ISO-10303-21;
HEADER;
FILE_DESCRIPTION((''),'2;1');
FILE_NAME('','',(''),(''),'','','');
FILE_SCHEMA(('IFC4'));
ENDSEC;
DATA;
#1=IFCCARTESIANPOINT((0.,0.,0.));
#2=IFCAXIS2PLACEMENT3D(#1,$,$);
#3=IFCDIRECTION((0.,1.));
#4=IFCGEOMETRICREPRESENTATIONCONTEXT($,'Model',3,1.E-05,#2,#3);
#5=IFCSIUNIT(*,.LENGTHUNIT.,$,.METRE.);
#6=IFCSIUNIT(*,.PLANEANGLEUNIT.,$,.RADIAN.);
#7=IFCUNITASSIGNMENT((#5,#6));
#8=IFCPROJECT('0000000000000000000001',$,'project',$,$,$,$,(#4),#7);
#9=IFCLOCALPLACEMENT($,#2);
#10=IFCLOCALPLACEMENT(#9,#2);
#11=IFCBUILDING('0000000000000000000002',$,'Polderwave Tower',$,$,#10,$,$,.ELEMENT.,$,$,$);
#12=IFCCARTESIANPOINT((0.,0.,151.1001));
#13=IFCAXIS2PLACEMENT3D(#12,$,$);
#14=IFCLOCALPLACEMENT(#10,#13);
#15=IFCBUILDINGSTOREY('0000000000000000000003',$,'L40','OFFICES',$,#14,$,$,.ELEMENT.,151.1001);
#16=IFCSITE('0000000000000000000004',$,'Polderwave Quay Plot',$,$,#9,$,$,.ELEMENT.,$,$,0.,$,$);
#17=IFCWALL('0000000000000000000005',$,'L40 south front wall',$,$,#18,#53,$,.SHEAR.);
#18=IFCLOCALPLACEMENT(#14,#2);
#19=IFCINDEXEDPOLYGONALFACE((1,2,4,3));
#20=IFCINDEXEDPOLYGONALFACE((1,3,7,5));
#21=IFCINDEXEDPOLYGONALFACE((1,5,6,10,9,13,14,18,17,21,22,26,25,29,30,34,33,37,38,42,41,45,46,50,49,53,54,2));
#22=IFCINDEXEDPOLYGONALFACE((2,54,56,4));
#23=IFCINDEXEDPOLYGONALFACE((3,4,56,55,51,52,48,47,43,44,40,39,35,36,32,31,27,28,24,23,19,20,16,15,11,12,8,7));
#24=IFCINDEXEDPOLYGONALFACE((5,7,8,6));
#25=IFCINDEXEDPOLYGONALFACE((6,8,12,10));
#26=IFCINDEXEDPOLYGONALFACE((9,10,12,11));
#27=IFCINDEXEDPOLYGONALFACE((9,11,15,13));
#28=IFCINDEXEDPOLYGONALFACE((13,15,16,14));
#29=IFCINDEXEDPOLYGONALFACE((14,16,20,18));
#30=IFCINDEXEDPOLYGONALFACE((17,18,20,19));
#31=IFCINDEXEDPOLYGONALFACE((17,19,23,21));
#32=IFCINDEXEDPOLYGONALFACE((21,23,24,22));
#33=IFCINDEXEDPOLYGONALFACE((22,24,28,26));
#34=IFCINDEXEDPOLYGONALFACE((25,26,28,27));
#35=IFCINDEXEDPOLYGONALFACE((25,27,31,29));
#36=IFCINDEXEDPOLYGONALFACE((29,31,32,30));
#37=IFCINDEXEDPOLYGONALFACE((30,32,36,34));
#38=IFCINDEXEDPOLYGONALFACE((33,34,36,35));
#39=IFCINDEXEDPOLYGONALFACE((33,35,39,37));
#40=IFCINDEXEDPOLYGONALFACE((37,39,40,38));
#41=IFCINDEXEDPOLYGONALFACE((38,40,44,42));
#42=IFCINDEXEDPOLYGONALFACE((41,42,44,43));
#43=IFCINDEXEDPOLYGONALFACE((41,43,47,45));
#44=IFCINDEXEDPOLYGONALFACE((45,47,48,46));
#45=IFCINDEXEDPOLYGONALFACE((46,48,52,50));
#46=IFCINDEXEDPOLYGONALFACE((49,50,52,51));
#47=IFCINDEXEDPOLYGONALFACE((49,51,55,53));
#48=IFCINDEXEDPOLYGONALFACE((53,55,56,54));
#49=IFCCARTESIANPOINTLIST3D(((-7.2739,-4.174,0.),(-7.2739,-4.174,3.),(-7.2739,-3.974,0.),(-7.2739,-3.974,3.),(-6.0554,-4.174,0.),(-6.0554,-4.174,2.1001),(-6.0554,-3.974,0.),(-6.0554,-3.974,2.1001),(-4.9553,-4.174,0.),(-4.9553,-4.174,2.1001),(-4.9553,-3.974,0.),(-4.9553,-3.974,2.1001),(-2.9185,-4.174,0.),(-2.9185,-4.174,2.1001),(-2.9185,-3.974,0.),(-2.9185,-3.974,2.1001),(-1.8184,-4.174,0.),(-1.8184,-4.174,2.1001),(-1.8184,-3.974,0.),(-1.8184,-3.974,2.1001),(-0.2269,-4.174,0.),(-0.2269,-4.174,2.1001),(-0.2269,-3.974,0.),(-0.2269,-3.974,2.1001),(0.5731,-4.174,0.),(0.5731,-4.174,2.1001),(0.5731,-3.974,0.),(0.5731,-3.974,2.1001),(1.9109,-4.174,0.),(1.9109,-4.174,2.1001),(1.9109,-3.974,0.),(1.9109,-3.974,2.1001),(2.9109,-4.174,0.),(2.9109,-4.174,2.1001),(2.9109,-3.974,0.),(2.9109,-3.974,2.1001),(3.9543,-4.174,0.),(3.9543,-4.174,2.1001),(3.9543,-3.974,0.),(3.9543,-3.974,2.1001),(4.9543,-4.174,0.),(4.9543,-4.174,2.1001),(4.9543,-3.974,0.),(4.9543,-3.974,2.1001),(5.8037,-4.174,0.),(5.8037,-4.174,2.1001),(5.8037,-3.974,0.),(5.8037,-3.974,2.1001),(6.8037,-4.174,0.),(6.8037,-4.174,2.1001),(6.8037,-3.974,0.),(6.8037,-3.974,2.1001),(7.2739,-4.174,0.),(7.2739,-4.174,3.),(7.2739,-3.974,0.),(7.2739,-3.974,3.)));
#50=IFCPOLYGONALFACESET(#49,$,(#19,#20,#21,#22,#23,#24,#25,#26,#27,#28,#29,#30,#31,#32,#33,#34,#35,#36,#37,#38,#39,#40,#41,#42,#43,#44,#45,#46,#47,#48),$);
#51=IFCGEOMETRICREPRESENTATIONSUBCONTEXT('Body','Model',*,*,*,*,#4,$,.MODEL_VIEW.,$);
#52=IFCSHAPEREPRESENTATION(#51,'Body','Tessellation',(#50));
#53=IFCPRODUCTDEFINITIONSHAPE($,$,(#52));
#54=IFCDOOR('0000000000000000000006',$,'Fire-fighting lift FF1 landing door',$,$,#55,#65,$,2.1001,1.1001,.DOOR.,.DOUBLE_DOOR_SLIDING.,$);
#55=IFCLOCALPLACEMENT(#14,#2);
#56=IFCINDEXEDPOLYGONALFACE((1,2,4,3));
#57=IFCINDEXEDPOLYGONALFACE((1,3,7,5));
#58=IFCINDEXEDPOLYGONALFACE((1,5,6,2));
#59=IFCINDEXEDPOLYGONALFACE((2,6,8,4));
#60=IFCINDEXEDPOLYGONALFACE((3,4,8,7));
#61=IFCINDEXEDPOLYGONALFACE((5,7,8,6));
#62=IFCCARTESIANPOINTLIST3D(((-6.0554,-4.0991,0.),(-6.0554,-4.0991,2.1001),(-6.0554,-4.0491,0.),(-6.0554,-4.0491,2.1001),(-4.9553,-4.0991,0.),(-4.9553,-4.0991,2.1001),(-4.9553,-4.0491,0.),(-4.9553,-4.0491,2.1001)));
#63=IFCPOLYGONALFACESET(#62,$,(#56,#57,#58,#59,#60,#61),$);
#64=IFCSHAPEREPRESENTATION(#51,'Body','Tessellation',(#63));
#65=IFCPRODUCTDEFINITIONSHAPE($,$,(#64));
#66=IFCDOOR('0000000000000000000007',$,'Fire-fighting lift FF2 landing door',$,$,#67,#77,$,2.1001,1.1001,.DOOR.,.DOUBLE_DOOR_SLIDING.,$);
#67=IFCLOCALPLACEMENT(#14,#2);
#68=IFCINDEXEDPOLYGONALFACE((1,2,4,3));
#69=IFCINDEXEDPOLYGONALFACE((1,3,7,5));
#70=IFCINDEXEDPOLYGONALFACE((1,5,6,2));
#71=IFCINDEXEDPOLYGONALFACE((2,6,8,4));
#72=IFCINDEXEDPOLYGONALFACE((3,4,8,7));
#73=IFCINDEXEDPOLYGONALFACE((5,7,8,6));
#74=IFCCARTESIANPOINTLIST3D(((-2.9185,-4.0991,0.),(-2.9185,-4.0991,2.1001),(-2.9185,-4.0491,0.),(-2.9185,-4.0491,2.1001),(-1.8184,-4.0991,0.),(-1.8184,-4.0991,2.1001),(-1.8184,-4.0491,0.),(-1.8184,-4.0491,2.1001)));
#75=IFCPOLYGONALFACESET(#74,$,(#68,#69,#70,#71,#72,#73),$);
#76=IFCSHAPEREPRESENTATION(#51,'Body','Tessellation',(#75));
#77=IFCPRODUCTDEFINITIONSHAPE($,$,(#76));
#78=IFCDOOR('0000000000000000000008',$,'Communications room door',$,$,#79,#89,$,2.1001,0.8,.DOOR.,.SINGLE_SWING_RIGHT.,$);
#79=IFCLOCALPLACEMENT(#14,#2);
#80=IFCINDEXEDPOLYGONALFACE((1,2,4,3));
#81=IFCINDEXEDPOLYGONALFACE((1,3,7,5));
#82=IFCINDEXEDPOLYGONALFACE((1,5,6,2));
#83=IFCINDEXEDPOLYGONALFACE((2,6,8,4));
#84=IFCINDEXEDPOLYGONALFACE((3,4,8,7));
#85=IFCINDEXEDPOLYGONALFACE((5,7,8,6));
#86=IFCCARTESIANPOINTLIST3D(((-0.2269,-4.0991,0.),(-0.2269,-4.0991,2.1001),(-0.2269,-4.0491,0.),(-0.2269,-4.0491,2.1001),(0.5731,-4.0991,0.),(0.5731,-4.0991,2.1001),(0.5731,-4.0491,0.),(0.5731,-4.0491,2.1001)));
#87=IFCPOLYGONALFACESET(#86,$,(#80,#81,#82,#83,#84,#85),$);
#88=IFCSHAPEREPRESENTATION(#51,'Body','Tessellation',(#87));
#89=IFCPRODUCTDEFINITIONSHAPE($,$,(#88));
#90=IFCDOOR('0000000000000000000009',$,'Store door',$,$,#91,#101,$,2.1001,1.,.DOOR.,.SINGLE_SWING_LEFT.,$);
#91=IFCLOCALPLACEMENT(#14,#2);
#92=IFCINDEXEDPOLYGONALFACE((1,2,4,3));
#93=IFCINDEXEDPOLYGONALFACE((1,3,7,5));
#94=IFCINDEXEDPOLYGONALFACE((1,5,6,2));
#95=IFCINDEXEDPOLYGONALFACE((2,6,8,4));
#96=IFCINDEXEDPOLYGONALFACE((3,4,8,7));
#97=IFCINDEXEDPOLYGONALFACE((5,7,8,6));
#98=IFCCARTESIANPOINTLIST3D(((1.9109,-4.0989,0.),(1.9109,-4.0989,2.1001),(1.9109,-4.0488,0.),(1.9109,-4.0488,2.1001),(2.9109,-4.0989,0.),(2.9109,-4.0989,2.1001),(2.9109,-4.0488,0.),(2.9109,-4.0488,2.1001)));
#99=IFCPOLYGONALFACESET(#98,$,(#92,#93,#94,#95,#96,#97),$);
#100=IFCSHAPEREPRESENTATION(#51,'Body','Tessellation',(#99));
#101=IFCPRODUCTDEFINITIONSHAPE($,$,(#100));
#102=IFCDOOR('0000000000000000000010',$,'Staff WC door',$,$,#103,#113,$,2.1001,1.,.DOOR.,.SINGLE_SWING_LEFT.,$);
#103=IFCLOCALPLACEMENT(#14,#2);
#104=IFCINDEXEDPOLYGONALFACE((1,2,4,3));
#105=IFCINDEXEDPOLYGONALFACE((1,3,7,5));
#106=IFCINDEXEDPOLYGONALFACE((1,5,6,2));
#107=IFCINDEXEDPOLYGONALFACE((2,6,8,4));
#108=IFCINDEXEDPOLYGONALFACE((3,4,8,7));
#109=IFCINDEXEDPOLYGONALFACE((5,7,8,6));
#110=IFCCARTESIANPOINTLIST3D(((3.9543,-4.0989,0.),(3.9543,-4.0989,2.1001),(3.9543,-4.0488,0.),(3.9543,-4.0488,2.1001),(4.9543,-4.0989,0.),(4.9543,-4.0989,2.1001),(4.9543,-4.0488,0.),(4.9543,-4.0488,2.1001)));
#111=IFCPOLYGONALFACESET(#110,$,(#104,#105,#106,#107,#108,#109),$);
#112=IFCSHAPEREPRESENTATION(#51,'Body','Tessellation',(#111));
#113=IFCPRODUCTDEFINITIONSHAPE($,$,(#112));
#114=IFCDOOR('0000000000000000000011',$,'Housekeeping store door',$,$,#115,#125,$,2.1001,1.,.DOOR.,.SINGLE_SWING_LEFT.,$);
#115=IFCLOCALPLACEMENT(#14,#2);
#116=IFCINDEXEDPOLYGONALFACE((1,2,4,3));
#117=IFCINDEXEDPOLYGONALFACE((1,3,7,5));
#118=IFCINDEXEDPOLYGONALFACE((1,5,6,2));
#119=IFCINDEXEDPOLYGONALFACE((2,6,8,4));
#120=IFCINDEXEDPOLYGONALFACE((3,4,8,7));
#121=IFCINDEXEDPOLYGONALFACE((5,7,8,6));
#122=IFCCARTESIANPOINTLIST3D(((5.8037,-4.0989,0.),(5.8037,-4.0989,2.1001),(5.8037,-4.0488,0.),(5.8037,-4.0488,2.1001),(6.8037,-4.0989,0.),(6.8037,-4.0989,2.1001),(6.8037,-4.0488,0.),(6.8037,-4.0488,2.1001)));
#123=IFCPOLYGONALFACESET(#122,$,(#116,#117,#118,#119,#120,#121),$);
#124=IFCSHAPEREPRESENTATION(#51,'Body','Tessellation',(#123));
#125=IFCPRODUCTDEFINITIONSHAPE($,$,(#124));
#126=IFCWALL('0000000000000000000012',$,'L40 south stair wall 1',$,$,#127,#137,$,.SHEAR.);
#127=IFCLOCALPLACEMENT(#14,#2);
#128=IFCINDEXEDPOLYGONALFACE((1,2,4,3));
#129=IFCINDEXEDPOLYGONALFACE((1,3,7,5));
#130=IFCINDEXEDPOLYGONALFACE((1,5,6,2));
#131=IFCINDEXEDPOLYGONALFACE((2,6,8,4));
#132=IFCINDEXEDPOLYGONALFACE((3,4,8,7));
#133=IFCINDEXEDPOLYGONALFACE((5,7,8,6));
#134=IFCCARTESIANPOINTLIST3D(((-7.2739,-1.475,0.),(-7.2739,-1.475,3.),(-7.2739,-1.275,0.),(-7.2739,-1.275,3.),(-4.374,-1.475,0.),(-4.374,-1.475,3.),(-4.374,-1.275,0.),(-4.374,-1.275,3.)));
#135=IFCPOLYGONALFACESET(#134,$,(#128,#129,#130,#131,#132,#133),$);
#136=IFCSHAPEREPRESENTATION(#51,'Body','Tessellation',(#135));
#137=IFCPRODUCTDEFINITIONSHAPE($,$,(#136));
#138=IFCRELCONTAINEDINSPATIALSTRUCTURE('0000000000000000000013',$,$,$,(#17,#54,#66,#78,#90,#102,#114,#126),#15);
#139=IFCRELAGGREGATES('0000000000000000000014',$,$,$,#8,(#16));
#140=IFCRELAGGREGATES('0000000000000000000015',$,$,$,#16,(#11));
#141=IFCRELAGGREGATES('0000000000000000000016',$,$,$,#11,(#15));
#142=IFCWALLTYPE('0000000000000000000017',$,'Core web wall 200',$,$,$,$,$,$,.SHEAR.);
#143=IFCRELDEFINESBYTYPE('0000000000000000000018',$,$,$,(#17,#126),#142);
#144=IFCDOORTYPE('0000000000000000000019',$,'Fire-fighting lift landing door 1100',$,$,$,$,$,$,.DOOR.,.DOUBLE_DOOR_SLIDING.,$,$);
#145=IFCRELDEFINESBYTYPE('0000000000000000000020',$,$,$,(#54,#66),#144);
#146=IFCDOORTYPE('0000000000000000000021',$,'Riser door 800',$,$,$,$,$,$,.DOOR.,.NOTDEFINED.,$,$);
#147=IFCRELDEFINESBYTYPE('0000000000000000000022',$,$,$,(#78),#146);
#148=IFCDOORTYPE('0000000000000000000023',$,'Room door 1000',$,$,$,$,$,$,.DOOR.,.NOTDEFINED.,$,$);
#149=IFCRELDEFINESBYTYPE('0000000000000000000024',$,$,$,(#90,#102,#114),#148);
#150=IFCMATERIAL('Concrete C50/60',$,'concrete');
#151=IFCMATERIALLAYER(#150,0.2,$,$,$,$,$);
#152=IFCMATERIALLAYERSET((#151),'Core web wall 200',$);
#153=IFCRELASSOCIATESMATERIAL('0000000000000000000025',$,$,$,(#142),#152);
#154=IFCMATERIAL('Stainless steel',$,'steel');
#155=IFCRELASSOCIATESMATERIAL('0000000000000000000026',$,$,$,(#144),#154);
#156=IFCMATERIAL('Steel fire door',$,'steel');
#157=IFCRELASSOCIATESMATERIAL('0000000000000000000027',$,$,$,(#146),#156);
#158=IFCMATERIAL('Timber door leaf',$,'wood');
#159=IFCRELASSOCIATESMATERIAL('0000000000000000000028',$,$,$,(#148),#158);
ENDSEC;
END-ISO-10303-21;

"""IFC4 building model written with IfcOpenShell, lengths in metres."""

from ifc_helpers import new_model, si_unit, direction, frame, frame_2d, origin, place, context, subcontext, project, spatial, rectangle, extrude, material, layer, layer_set, type_object, element, fill, save


model = new_model("IFC4")

# Units and contexts
model_context = context("Model", 3, precision=1e-05, world=origin(), true_north=direction((0.0, 1.0)))
body_context = subcontext(model_context, "Body", "Model", "MODEL_VIEW")
ifc_project = project(units=[si_unit("LENGTHUNIT", "METRE"), si_unit("PLANEANGLEUNIT", "RADIAN")], contexts=[model_context])

# Site, building, storey
site_placement = place(None, origin())
site = spatial("IfcSite", under=ifc_project, at=site_placement, Name="Polderwave Quay Plot", CompositionType="ELEMENT", RefElevation=0.0)
building_placement = place(site_placement, origin())
building = spatial("IfcBuilding", under=site, at=building_placement, Name="Polderwave Tower", CompositionType="ELEMENT")
storey_placement = place(building_placement, frame((0.0, 0.0, 151.1001)))
storey = spatial("IfcBuildingStorey", under=building, at=storey_placement, Name="L40", Description="OFFICES", CompositionType="ELEMENT", Elevation=151.1001)

# Wall, openings, doors
ifc_material_1 = material(Name="Steel fire door", Category="steel")
ifc_material_2 = material(Name="Concrete C50/60", Category="concrete")
ifc_layer_1 = layer(ifc_material_2, 0.2)
ifc_layer_set_1 = layer_set([ifc_layer_1], Name="Core web wall 200")
wall_type_1 = type_object("IfcWallType", Name="Core web wall 200", PredefinedType="SHEAR", material=ifc_layer_set_1)
wall_1_placement = place(storey_placement, frame((-7.2739, -4.074, 0.0), z_axis=(0.0, 0.0, 1.0), x_axis=(1.0, 0.0, 0.0)))
wall_1 = element("IfcWall", 1, at=wall_1_placement, inside=storey, type_object=wall_type_1, Name="L40 south front wall", PredefinedType="SHEAR", context=body_context, shape_type="SweptSolid", body=[
    extrude(rectangle(XDim=14.5479, YDim=0.2, at=frame_2d((7.2739, 0.0))), origin(), (0.0, 0.0, 1.0), 3.0),
])
opening_1_placement = place(wall_1_placement, frame((1.2185, 0.0, 0.0)))
opening_1 = element("IfcOpeningElement", 2, at=opening_1_placement, cuts=wall_1, PredefinedType="OPENING", context=body_context, shape_type="SweptSolid", body=[
    extrude(rectangle(XDim=1.1001, YDim=2.1001, at=frame_2d((0.55, 1.05))), frame((0.0, 0.1099, 0.0), z_axis=(0.0, -1.0, 0.0), x_axis=(1.0, 0.0, 0.0)), (0.0, 0.0, 1.0), 0.22),
])
opening_2_placement = place(wall_1_placement, frame((4.3555, 0.0, 0.0)))
opening_2 = element("IfcOpeningElement", 3, at=opening_2_placement, cuts=wall_1, PredefinedType="OPENING", context=body_context, shape_type="SweptSolid", body=[
    extrude(rectangle(XDim=1.1001, YDim=2.1001, at=frame_2d((0.55, 1.05))), frame((0.0, 0.1099, 0.0), z_axis=(0.0, -1.0, 0.0), x_axis=(1.0, 0.0, 0.0)), (0.0, 0.0, 1.0), 0.22),
])
opening_3_placement = place(wall_1_placement, frame((7.0471, 0.0, 0.0)))
opening_3 = element("IfcOpeningElement", 4, at=opening_3_placement, cuts=wall_1, PredefinedType="OPENING", context=body_context, shape_type="SweptSolid", body=[
    extrude(rectangle(XDim=0.8, YDim=2.1001, at=frame_2d((0.3999, 1.05))), frame((0.0, 0.1099, 0.0), z_axis=(0.0, -1.0, 0.0), x_axis=(1.0, 0.0, 0.0)), (0.0, 0.0, 1.0), 0.22),
])
opening_4_placement = place(wall_1_placement, frame((9.1848, 0.0, 0.0)))
opening_4 = element("IfcOpeningElement", 5, at=opening_4_placement, cuts=wall_1, PredefinedType="OPENING", context=body_context, shape_type="SweptSolid", body=[
    extrude(rectangle(XDim=1.0, YDim=2.1001, at=frame_2d((0.5, 1.05))), frame((0.0, 0.1099, 0.0), z_axis=(0.0, -1.0, 0.0), x_axis=(1.0, 0.0, 0.0)), (0.0, 0.0, 1.0), 0.22),
])
opening_5_placement = place(wall_1_placement, frame((11.2283, 0.0, 0.0)))
opening_5 = element("IfcOpeningElement", 6, at=opening_5_placement, cuts=wall_1, PredefinedType="OPENING", context=body_context, shape_type="SweptSolid", body=[
    extrude(rectangle(XDim=1.0, YDim=2.1001, at=frame_2d((0.5, 1.05))), frame((0.0, 0.1099, 0.0), z_axis=(0.0, -1.0, 0.0), x_axis=(1.0, 0.0, 0.0)), (0.0, 0.0, 1.0), 0.22),
])
opening_6_placement = place(wall_1_placement, frame((13.0776, 0.0, 0.0)))
opening_6 = element("IfcOpeningElement", 7, at=opening_6_placement, cuts=wall_1, PredefinedType="OPENING", context=body_context, shape_type="SweptSolid", body=[
    extrude(rectangle(XDim=1.0, YDim=2.1001, at=frame_2d((0.5, 1.05))), frame((0.0, 0.1099, 0.0), z_axis=(0.0, -1.0, 0.0), x_axis=(1.0, 0.0, 0.0)), (0.0, 0.0, 1.0), 0.22),
])
ifc_material_3 = material(Name="Stainless steel", Category="steel")
door_type_1 = type_object("IfcDoorType", Name="Fire-fighting lift landing door 1100", OperationType="DOUBLE_DOOR_SLIDING", PredefinedType="DOOR", material=ifc_material_3)
door_1_placement = place(opening_1_placement, origin())
door_1 = element("IfcDoor", 8, at=door_1_placement, inside=storey, type_object=door_type_1, Name="Fire-fighting lift FF1 landing door", OperationType="DOUBLE_DOOR_SLIDING", OverallHeight=2.1001, OverallWidth=1.1001, PredefinedType="DOOR", context=body_context, shape_type="SweptSolid", body=[
    extrude(rectangle(XDim=1.1001, YDim=2.1001, at=frame_2d((0.55, 1.05))), frame((0.0, 0.0249, 0.0), z_axis=(0.0, -1.0, 0.0), x_axis=(1.0, 0.0, 0.0)), (0.0, 0.0, 1.0), 0.05),
])
fill(opening_1, door_1)
door_2_placement = place(opening_2_placement, origin())
door_2 = element("IfcDoor", 9, at=door_2_placement, inside=storey, type_object=door_type_1, Name="Fire-fighting lift FF2 landing door", OperationType="DOUBLE_DOOR_SLIDING", OverallHeight=2.1001, OverallWidth=1.1001, PredefinedType="DOOR", context=body_context, shape_type="SweptSolid", body=[
    extrude(rectangle(XDim=1.1001, YDim=2.1001, at=frame_2d((0.55, 1.05))), frame((0.0, 0.0249, 0.0), z_axis=(0.0, -1.0, 0.0), x_axis=(1.0, 0.0, 0.0)), (0.0, 0.0, 1.0), 0.05),
])
fill(opening_2, door_2)
door_type_2 = type_object("IfcDoorType", Name="Riser door 800", OperationType="NOTDEFINED", PredefinedType="DOOR", material=ifc_material_1)
door_3_placement = place(opening_3_placement, origin())
door_3 = element("IfcDoor", 10, at=door_3_placement, inside=storey, type_object=door_type_2, Name="Communications room door", OperationType="SINGLE_SWING_RIGHT", OverallHeight=2.1001, OverallWidth=0.8, PredefinedType="DOOR", context=body_context, shape_type="SweptSolid", body=[
    extrude(rectangle(XDim=0.8, YDim=2.1001, at=frame_2d((0.3999, 1.05))), frame((0.0, 0.0249, 0.0), z_axis=(0.0, -1.0, 0.0), x_axis=(1.0, 0.0, 0.0)), (0.0, 0.0, 1.0), 0.05),
])
fill(opening_3, door_3)
ifc_material_4 = material(Name="Timber door leaf", Category="wood")
door_type_3 = type_object("IfcDoorType", Name="Room door 1000", OperationType="NOTDEFINED", PredefinedType="DOOR", material=ifc_material_4)
door_4_placement = place(opening_4_placement, frame((1.0, 0.0, 0.0), z_axis=(0.0, 0.0, 1.0), x_axis=(-1.0, 0.0, 0.0)))
door_4 = element("IfcDoor", 11, at=door_4_placement, inside=storey, type_object=door_type_3, Name="Store door", OperationType="SINGLE_SWING_LEFT", OverallHeight=2.1001, OverallWidth=1.0, PredefinedType="DOOR", context=body_context, shape_type="SweptSolid", body=[
    extrude(rectangle(XDim=1.0, YDim=2.1001, at=frame_2d((0.5, 1.05))), frame((0.0, 0.0249, 0.0), z_axis=(0.0, -1.0, 0.0), x_axis=(1.0, 0.0, 0.0)), (0.0, 0.0, 1.0), 0.05),
])
fill(opening_4, door_4)
door_5_placement = place(opening_5_placement, frame((1.0, 0.0, 0.0), z_axis=(0.0, 0.0, 1.0), x_axis=(-1.0, 0.0, 0.0)))
door_5 = element("IfcDoor", 12, at=door_5_placement, inside=storey, type_object=door_type_3, Name="Staff WC door", OperationType="SINGLE_SWING_LEFT", OverallHeight=2.1001, OverallWidth=1.0, PredefinedType="DOOR", context=body_context, shape_type="SweptSolid", body=[
    extrude(rectangle(XDim=1.0, YDim=2.1001, at=frame_2d((0.5, 1.05))), frame((0.0, 0.0249, 0.0), z_axis=(0.0, -1.0, 0.0), x_axis=(1.0, 0.0, 0.0)), (0.0, 0.0, 1.0), 0.05),
])
fill(opening_5, door_5)
door_6_placement = place(opening_6_placement, frame((1.0, 0.0, 0.0), z_axis=(0.0, 0.0, 1.0), x_axis=(-1.0, 0.0, 0.0)))
door_6 = element("IfcDoor", 13, at=door_6_placement, inside=storey, type_object=door_type_3, Name="Housekeeping store door", OperationType="SINGLE_SWING_LEFT", OverallHeight=2.1001, OverallWidth=1.0, PredefinedType="DOOR", context=body_context, shape_type="SweptSolid", body=[
    extrude(rectangle(XDim=1.0, YDim=2.1001, at=frame_2d((0.5, 1.05))), frame((0.0, 0.0249, 0.0), z_axis=(0.0, -1.0, 0.0), x_axis=(1.0, 0.0, 0.0)), (0.0, 0.0, 1.0), 0.05),
])
fill(opening_6, door_6)

# Wall
wall_2_placement = place(storey_placement, frame((-7.2739, -1.375, 0.0), z_axis=(0.0, 0.0, 1.0), x_axis=(1.0, 0.0, 0.0)))
element("IfcWall", 14, at=wall_2_placement, inside=storey, type_object=wall_type_1, Name="L40 south stair wall 1", PredefinedType="SHEAR", context=body_context, shape_type="SweptSolid", body=[
    extrude(rectangle(XDim=2.8999, YDim=0.2, at=frame_2d((1.45, 0.0))), origin(), (0.0, 0.0, 1.0), 3.0),
])

save(model, "model.ifc")
